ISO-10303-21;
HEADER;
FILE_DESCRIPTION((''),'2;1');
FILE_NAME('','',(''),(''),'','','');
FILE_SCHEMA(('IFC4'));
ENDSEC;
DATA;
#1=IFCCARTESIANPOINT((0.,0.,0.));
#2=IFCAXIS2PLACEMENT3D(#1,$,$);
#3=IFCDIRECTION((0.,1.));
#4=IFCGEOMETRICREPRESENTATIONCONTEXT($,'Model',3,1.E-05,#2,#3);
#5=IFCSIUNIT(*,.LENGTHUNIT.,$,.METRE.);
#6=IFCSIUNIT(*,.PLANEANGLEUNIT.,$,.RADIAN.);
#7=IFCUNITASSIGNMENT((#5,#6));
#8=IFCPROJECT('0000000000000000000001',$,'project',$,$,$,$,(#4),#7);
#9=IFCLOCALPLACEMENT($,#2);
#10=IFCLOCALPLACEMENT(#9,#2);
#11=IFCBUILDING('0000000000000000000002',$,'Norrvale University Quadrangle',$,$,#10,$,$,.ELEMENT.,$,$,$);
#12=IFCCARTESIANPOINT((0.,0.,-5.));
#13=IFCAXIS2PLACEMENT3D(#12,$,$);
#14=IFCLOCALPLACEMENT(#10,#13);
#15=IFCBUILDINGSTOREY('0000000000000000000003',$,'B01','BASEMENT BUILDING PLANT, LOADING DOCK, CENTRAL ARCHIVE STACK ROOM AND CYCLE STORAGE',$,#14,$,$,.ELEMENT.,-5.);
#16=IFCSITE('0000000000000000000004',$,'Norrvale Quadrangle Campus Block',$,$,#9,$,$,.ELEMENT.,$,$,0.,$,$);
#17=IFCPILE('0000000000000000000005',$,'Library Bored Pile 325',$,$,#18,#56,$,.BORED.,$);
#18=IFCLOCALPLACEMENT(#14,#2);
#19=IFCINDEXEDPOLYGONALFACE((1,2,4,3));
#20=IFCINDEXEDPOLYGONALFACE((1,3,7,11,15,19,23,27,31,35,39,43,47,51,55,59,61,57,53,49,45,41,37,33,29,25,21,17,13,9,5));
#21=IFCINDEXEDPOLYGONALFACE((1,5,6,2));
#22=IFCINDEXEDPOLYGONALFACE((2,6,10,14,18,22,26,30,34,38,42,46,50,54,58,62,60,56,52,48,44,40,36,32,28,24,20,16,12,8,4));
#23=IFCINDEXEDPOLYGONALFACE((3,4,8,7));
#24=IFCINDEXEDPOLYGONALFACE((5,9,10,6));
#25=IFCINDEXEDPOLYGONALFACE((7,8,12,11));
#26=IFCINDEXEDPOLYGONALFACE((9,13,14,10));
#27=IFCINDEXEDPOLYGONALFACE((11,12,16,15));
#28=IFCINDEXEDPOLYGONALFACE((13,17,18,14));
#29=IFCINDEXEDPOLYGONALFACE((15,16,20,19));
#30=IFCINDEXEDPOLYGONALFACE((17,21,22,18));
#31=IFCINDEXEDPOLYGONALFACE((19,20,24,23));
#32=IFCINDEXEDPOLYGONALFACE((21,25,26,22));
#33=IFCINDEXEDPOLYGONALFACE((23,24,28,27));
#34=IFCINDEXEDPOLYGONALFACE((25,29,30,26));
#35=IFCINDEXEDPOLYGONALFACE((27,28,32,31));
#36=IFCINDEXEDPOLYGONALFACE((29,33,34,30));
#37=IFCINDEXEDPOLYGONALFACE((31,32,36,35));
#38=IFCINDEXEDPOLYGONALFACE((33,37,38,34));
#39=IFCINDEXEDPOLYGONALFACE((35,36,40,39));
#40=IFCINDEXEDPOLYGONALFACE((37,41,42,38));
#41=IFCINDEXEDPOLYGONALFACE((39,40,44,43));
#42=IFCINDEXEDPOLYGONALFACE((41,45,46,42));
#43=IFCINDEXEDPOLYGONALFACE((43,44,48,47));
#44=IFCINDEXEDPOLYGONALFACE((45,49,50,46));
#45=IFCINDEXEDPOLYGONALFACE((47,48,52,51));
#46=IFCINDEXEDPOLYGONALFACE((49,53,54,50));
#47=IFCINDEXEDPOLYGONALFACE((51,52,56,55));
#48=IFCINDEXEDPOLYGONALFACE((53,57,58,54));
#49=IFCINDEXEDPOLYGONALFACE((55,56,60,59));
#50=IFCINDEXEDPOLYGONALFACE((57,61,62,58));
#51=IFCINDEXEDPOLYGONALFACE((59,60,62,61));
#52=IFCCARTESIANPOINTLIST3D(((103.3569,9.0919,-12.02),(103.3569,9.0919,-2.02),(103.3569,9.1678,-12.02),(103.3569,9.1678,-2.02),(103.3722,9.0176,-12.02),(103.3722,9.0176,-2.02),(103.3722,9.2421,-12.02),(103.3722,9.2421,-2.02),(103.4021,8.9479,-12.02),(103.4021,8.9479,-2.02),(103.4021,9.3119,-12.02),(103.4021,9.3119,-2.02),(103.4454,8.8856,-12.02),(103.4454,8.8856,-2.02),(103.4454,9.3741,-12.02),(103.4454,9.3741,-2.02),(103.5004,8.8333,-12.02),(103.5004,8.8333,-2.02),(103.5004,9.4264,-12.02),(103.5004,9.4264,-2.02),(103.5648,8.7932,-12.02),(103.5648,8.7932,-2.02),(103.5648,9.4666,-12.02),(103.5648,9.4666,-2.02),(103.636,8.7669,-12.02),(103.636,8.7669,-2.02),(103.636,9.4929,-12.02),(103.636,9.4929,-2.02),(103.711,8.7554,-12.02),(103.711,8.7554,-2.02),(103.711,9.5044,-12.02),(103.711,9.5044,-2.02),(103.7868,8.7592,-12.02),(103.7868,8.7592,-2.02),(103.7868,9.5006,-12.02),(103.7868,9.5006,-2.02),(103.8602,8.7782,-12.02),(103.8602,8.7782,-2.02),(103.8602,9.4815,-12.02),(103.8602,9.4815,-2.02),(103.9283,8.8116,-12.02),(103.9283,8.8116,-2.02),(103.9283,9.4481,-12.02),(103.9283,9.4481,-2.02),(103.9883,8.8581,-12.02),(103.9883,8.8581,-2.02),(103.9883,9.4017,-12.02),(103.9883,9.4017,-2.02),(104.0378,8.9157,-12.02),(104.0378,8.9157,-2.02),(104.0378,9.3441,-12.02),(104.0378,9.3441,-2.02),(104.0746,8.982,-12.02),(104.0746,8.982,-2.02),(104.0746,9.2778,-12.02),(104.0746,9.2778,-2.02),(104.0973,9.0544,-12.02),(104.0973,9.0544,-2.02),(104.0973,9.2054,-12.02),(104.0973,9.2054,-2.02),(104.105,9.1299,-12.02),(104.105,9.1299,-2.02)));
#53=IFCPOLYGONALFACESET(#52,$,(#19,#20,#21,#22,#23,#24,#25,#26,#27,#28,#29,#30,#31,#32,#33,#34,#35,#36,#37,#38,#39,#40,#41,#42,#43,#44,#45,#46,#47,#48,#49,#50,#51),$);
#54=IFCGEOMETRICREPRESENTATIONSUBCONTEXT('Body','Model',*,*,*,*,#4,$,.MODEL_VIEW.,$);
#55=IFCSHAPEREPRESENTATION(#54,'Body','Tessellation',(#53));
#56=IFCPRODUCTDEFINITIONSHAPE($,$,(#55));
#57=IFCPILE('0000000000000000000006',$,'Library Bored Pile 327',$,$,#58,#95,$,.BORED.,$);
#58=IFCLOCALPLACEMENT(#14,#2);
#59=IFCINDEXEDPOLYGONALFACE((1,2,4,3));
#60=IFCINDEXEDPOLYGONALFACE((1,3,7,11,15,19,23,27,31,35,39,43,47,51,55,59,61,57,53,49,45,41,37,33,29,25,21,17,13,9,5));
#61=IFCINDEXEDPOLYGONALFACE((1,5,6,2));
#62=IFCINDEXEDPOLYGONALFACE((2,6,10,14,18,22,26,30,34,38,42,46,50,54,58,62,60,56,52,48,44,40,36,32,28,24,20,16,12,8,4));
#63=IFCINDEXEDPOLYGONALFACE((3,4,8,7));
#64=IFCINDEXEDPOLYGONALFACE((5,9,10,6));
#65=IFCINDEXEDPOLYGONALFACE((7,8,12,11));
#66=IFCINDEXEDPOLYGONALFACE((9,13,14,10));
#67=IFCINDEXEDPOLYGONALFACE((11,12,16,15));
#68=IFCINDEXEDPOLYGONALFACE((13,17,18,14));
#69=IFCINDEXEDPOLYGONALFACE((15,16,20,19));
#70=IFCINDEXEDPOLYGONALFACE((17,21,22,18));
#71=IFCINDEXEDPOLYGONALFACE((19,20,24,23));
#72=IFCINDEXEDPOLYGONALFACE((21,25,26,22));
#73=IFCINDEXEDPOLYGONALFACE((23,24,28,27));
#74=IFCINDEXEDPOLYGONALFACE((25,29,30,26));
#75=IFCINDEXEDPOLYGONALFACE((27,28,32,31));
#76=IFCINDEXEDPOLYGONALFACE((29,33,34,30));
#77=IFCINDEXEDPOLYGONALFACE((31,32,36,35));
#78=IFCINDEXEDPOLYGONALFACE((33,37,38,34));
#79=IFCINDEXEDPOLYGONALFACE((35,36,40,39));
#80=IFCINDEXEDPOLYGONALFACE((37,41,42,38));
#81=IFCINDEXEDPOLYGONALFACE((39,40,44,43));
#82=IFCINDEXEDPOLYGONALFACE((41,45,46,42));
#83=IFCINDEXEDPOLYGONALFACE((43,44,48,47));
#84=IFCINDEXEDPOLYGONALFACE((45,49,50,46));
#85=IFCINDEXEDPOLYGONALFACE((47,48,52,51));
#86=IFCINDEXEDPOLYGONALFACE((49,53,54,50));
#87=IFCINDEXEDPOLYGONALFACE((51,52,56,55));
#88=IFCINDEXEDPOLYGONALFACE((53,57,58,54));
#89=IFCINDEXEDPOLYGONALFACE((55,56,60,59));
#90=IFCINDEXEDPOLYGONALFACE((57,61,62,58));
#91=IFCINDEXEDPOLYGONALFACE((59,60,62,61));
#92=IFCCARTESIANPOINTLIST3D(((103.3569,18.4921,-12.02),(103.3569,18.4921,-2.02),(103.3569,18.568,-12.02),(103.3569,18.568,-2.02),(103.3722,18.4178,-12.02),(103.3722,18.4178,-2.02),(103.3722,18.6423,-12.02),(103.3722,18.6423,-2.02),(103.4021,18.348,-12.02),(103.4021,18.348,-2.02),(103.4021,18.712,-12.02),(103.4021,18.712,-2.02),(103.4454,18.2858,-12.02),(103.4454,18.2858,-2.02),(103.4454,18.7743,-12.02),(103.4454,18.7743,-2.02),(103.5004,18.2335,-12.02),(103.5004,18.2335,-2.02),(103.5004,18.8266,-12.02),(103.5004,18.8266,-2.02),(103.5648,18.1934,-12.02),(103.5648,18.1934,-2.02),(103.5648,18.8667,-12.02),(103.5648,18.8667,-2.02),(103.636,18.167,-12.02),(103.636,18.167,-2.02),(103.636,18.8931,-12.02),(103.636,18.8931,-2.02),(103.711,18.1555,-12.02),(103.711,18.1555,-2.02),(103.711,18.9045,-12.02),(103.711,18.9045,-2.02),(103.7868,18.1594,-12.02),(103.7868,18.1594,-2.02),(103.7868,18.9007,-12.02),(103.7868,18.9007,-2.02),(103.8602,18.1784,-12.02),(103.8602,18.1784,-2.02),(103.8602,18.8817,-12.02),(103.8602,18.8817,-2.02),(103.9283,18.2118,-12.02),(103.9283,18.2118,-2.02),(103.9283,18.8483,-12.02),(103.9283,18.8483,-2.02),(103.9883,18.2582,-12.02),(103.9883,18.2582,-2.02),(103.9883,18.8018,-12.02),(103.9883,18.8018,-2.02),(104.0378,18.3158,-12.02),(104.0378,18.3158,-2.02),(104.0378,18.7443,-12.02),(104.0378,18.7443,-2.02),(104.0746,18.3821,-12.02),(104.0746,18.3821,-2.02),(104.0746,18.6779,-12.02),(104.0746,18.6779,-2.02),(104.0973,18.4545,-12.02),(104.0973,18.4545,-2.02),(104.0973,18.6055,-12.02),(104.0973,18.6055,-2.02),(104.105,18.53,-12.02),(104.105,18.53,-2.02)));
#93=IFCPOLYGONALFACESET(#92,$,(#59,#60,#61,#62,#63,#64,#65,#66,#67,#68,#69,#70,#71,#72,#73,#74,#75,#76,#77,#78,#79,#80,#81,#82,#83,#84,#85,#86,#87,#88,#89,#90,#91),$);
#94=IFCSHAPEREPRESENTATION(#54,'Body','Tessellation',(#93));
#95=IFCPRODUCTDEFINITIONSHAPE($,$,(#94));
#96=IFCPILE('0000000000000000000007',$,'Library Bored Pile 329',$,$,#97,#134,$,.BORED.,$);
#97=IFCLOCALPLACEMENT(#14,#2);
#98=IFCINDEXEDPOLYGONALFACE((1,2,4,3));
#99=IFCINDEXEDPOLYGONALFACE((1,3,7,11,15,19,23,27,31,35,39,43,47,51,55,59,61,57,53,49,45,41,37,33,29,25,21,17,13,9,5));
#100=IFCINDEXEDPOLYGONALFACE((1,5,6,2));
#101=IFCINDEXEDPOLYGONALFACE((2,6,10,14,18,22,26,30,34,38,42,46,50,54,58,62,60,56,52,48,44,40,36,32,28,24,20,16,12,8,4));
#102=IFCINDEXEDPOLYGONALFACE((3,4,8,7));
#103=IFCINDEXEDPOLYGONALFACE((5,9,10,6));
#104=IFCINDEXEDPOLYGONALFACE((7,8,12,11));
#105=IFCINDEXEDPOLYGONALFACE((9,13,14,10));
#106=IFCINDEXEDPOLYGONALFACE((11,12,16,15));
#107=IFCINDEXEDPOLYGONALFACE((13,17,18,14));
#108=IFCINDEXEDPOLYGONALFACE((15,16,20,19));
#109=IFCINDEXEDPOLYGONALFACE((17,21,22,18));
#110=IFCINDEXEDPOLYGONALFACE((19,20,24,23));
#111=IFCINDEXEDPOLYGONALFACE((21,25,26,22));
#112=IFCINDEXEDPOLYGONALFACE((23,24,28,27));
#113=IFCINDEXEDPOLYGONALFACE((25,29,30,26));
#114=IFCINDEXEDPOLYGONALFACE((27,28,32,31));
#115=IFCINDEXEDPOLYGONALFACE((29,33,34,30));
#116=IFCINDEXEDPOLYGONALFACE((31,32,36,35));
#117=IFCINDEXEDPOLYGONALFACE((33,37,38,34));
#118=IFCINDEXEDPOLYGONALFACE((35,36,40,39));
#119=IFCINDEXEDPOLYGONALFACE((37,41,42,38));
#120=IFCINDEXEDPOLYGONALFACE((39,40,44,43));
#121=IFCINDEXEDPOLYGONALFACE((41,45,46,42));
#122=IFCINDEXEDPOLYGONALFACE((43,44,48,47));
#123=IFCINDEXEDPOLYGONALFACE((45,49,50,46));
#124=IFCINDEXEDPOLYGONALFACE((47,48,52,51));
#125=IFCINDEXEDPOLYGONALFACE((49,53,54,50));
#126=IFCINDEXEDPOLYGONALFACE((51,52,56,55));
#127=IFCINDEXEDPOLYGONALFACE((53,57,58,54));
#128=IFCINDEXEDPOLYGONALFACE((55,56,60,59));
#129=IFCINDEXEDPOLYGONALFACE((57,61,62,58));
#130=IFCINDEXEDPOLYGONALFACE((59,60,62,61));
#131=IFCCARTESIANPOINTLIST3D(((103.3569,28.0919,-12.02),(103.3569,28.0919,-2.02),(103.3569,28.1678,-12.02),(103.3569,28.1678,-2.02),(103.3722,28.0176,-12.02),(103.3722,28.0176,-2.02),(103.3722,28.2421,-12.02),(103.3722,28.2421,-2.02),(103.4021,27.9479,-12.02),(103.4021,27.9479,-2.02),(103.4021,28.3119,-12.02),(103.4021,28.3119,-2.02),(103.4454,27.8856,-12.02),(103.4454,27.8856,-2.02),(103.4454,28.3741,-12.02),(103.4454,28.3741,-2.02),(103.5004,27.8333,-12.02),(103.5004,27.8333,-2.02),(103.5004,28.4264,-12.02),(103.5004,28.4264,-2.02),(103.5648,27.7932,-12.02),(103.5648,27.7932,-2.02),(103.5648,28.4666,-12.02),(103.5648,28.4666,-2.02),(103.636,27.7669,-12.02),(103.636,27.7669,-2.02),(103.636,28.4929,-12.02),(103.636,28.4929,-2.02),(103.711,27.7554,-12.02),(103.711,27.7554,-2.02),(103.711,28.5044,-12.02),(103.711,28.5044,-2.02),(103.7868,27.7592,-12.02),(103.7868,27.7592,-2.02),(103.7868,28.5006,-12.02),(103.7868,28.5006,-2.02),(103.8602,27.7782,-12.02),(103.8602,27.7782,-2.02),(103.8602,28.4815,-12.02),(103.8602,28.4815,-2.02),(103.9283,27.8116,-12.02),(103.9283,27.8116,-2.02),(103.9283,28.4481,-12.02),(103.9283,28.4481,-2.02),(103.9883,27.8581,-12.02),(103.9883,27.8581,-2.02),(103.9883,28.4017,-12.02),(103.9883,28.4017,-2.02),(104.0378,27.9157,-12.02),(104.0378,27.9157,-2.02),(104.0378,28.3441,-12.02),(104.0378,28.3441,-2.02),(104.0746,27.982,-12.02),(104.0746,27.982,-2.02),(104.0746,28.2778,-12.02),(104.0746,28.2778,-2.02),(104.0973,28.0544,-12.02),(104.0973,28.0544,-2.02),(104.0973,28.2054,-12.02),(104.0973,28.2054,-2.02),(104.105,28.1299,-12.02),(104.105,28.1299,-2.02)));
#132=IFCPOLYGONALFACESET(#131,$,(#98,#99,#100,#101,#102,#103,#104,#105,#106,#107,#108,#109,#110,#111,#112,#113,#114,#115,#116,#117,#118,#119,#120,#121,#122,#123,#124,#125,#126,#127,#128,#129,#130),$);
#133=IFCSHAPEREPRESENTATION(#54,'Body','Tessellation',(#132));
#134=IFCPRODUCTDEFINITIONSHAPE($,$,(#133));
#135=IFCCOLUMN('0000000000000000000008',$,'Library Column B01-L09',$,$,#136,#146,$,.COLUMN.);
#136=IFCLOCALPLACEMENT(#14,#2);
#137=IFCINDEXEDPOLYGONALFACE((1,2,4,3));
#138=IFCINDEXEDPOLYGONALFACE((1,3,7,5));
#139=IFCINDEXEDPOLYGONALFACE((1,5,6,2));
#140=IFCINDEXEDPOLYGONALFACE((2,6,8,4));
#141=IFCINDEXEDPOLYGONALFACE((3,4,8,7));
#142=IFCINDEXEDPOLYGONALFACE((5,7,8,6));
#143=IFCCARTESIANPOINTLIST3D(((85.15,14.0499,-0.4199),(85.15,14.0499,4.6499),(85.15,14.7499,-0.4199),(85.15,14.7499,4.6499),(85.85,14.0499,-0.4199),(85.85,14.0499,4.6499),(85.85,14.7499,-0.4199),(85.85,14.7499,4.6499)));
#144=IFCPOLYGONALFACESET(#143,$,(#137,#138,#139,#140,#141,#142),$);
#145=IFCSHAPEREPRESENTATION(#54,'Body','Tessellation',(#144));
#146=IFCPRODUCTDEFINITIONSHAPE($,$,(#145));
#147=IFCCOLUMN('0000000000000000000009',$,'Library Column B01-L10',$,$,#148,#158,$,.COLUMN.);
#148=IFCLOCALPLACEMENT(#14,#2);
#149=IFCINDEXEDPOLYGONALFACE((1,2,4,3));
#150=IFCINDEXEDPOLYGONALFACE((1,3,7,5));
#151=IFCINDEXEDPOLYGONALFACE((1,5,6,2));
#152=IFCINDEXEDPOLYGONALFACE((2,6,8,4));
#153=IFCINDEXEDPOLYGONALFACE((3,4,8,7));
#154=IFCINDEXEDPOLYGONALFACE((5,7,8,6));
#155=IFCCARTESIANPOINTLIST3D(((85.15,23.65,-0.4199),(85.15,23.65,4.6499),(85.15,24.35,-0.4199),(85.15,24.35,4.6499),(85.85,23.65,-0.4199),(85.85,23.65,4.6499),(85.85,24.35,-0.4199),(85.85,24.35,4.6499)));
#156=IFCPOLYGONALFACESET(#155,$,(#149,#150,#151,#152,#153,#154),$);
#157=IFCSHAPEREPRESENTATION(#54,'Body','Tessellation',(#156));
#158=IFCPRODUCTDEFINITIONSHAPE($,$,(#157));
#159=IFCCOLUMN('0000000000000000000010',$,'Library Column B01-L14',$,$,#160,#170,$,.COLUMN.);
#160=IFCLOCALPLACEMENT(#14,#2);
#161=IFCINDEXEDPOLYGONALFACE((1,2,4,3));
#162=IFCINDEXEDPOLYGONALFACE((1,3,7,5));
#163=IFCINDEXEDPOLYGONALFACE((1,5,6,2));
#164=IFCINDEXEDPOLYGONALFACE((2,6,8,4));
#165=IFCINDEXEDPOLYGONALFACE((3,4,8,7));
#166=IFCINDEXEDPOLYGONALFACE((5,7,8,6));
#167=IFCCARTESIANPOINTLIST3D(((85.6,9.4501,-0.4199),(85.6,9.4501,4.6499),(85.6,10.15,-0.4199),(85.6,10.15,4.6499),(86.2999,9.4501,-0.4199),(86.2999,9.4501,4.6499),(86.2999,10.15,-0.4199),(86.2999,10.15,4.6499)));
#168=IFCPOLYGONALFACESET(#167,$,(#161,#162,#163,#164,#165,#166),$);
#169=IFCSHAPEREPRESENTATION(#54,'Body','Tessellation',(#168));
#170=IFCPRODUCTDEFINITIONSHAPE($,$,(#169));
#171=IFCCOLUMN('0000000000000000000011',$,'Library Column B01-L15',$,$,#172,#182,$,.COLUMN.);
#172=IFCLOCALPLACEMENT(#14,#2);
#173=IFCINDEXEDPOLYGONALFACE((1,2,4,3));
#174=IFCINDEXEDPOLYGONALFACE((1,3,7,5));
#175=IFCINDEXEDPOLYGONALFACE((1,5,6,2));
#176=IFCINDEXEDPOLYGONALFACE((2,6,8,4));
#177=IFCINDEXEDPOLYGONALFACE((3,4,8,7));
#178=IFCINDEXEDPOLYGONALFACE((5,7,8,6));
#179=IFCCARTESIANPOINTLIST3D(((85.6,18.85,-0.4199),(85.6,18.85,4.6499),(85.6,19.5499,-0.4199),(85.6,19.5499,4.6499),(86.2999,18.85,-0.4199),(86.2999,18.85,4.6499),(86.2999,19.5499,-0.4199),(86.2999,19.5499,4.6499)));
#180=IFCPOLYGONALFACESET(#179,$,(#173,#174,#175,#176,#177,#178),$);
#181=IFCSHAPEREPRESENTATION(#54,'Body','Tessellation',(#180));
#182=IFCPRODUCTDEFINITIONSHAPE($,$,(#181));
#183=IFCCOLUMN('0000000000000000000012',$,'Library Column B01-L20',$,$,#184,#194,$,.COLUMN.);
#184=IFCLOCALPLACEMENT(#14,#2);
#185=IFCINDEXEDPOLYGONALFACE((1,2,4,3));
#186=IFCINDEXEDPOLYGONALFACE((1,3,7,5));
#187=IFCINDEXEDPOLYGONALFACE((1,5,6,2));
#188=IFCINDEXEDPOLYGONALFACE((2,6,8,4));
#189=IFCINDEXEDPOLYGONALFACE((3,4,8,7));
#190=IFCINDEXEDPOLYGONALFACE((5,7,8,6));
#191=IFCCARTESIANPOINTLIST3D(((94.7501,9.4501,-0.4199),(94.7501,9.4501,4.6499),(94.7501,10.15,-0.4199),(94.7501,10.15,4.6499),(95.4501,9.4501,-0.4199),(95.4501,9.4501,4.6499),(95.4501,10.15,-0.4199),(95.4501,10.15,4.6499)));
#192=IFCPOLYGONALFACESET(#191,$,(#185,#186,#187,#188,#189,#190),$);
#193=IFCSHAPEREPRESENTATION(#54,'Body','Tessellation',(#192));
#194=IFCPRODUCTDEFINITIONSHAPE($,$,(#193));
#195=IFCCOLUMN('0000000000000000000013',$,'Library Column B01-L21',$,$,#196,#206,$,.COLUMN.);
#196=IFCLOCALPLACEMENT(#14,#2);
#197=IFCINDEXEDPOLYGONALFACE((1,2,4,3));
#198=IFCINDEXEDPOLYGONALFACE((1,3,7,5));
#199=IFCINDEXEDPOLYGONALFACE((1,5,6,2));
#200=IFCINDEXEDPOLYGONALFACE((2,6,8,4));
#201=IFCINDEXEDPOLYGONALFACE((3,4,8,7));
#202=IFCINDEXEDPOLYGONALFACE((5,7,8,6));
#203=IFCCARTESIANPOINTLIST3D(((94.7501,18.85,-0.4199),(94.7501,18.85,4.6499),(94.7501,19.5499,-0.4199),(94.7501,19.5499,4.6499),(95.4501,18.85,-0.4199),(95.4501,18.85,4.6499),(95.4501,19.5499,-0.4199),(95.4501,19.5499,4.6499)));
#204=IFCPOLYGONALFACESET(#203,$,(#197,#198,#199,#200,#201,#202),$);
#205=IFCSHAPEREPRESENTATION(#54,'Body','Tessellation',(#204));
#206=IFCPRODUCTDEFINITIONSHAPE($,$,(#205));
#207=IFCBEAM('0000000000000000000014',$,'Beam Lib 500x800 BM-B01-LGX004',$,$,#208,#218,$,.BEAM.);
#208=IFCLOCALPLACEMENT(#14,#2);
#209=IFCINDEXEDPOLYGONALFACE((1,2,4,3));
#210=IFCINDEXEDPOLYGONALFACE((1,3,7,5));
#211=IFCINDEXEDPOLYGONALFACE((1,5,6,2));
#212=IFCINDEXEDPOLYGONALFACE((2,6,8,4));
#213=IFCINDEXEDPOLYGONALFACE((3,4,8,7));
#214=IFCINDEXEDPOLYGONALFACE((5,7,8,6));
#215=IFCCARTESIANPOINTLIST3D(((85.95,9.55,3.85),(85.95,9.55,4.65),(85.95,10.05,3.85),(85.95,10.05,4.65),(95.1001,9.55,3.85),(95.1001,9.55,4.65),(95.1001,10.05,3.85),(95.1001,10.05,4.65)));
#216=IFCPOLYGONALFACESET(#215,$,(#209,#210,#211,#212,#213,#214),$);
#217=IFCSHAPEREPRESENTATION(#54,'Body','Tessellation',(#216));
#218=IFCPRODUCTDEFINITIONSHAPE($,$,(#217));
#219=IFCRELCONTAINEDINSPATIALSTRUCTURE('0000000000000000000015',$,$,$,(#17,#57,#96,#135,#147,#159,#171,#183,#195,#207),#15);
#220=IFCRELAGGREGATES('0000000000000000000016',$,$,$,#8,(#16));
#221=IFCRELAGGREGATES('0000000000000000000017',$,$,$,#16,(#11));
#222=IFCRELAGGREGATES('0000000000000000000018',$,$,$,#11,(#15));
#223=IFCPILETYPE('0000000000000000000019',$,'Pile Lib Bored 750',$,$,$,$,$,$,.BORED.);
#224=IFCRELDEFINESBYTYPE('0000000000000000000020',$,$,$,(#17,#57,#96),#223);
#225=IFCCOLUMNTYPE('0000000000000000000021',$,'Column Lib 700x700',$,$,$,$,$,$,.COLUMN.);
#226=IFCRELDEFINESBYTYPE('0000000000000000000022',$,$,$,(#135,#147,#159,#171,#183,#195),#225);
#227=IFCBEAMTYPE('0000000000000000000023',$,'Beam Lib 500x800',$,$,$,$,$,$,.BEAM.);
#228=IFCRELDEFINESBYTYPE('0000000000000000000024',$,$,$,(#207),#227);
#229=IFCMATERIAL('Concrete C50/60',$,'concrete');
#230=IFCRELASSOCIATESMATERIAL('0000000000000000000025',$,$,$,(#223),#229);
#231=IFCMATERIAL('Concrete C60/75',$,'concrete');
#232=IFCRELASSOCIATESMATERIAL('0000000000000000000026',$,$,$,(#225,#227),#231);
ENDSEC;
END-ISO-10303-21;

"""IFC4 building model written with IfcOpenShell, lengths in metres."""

from ifc_helpers import new_model, si_unit, direction, frame, origin, origin_2d, place, context, subcontext, project, spatial, rectangle, circle, extrude, material, material_profile, profile_set, type_object, element, save


model = new_model("IFC4")

# Units and contexts
model_context = context("Model", 3, precision=1e-05, world=origin(), true_north=direction((0.0, 1.0)))
body_context = subcontext(model_context, "Body", "Model", "MODEL_VIEW")
ifc_project = project(units=[si_unit("LENGTHUNIT", "METRE"), si_unit("PLANEANGLEUNIT", "RADIAN")], contexts=[model_context])

# Site, building, storey
site_placement = place(None, origin())
site = spatial("IfcSite", under=ifc_project, at=site_placement, Name="Norrvale Quadrangle Campus Block", CompositionType="ELEMENT", RefElevation=0.0)
building_placement = place(site_placement, origin())
building = spatial("IfcBuilding", under=site, at=building_placement, Name="Norrvale University Quadrangle", CompositionType="ELEMENT")
storey_placement = place(building_placement, frame((0.0, 0.0, -5.0)))
storey = spatial("IfcBuildingStorey", under=building, at=storey_placement, Name="B01", Description="BASEMENT BUILDING PLANT, LOADING DOCK, CENTRAL ARCHIVE STACK ROOM AND CYCLE STORAGE", CompositionType="ELEMENT", Elevation=-5.0)

# Shared definitions
ifc_material_1 = material(Name="Concrete C50/60", Category="concrete")

# Piles
ifc_material_profile_1 = material_profile(ifc_material_1, circle(Radius=0.375, at=origin_2d()), Name="Concrete C50/60")
ifc_profile_set_1 = profile_set([ifc_material_profile_1], Name="Concrete C50/60")
pile_type = type_object("IfcPileType", Name="Pile Lib Bored 750", PredefinedType="BORED", material=ifc_profile_set_1)
for number, where, z_axis, x_axis, name in (
    (1, (103.73, 9.1299, -2.02), (0.0, 0.0, -1.0), (1.0, 0.0, 0.0), "Library Bored Pile 325"),
    (2, (103.73, 18.53, -2.02), (0.0, 0.0, -1.0), (1.0, 0.0, 0.0), "Library Bored Pile 327"),
    (3, (103.73, 28.1299, -2.02), (0.0, 0.0, -1.0), (1.0, 0.0, 0.0), "Library Bored Pile 329"),
):
    element("IfcPile", number, at=place(storey_placement, frame(where, z_axis=z_axis, x_axis=x_axis)), inside=storey, type_object=pile_type, Name=name, PredefinedType="BORED", context=body_context, shape_type="SweptSolid", body=[
        extrude(circle(Radius=0.375, at=origin_2d()), origin(), (0.0, 0.0, 1.0), 10.0),
    ])

# Columns
ifc_material_2 = material(Name="Concrete C60/75", Category="concrete")
ifc_material_profile_2 = material_profile(ifc_material_2, rectangle(XDim=0.7, YDim=0.7, at=origin_2d()), Name="Concrete C60/75")
ifc_profile_set_2 = profile_set([ifc_material_profile_2], Name="Concrete C60/75")
column_type = type_object("IfcColumnType", Name="Column Lib 700x700", PredefinedType="COLUMN", material=ifc_profile_set_2)
for number, where, z_axis, x_axis, name in (
    (4, (85.5, 14.3999, -0.4199), (0.0, 0.0, 1.0), (1.0, 0.0, 0.0), "Library Column B01-L09"),
    (5, (85.5, 24.0, -0.4199), (0.0, 0.0, 1.0), (1.0, 0.0, 0.0), "Library Column B01-L10"),
    (6, (85.95, 9.8, -0.4199), (0.0, 0.0, 1.0), (1.0, 0.0, 0.0), "Library Column B01-L14"),
    (7, (85.95, 19.2, -0.4199), (0.0, 0.0, 1.0), (1.0, 0.0, 0.0), "Library Column B01-L15"),
    (8, (95.1001, 9.8, -0.4199), (0.0, 0.0, 1.0), (1.0, 0.0, 0.0), "Library Column B01-L20"),
    (9, (95.1001, 19.2, -0.4199), (0.0, 0.0, 1.0), (1.0, 0.0, 0.0), "Library Column B01-L21"),
):
    element("IfcColumn", number, at=place(storey_placement, frame(where, z_axis=z_axis, x_axis=x_axis)), inside=storey, type_object=column_type, Name=name, PredefinedType="COLUMN", context=body_context, shape_type="SweptSolid", body=[
        extrude(rectangle(XDim=0.7, YDim=0.7, at=origin_2d()), origin(), (0.0, 0.0, 1.0), 5.0698),
    ])

# Beam
ifc_material_profile_3 = material_profile(ifc_material_2, rectangle(XDim=0.5, YDim=0.8, at=origin_2d()), Name="Concrete C60/75")
ifc_profile_set_3 = profile_set([ifc_material_profile_3], Name="Concrete C60/75")
beam_type = type_object("IfcBeamType", Name="Beam Lib 500x800", PredefinedType="BEAM", material=ifc_profile_set_3)
beam_1_placement = place(storey_placement, frame((85.95, 9.8, 4.25), z_axis=(1.0, 0.0, 0.0), x_axis=(0.0, 1.0, 0.0)))
element("IfcBeam", 10, at=beam_1_placement, inside=storey, type_object=beam_type, Name="Beam Lib 500x800 BM-B01-LGX004", PredefinedType="BEAM", context=body_context, shape_type="SweptSolid", body=[
    extrude(rectangle(XDim=0.5, YDim=0.8, at=origin_2d()), origin(), (0.0, 0.0, 1.0), 9.1501),
])

save(model, "model.ifc")
